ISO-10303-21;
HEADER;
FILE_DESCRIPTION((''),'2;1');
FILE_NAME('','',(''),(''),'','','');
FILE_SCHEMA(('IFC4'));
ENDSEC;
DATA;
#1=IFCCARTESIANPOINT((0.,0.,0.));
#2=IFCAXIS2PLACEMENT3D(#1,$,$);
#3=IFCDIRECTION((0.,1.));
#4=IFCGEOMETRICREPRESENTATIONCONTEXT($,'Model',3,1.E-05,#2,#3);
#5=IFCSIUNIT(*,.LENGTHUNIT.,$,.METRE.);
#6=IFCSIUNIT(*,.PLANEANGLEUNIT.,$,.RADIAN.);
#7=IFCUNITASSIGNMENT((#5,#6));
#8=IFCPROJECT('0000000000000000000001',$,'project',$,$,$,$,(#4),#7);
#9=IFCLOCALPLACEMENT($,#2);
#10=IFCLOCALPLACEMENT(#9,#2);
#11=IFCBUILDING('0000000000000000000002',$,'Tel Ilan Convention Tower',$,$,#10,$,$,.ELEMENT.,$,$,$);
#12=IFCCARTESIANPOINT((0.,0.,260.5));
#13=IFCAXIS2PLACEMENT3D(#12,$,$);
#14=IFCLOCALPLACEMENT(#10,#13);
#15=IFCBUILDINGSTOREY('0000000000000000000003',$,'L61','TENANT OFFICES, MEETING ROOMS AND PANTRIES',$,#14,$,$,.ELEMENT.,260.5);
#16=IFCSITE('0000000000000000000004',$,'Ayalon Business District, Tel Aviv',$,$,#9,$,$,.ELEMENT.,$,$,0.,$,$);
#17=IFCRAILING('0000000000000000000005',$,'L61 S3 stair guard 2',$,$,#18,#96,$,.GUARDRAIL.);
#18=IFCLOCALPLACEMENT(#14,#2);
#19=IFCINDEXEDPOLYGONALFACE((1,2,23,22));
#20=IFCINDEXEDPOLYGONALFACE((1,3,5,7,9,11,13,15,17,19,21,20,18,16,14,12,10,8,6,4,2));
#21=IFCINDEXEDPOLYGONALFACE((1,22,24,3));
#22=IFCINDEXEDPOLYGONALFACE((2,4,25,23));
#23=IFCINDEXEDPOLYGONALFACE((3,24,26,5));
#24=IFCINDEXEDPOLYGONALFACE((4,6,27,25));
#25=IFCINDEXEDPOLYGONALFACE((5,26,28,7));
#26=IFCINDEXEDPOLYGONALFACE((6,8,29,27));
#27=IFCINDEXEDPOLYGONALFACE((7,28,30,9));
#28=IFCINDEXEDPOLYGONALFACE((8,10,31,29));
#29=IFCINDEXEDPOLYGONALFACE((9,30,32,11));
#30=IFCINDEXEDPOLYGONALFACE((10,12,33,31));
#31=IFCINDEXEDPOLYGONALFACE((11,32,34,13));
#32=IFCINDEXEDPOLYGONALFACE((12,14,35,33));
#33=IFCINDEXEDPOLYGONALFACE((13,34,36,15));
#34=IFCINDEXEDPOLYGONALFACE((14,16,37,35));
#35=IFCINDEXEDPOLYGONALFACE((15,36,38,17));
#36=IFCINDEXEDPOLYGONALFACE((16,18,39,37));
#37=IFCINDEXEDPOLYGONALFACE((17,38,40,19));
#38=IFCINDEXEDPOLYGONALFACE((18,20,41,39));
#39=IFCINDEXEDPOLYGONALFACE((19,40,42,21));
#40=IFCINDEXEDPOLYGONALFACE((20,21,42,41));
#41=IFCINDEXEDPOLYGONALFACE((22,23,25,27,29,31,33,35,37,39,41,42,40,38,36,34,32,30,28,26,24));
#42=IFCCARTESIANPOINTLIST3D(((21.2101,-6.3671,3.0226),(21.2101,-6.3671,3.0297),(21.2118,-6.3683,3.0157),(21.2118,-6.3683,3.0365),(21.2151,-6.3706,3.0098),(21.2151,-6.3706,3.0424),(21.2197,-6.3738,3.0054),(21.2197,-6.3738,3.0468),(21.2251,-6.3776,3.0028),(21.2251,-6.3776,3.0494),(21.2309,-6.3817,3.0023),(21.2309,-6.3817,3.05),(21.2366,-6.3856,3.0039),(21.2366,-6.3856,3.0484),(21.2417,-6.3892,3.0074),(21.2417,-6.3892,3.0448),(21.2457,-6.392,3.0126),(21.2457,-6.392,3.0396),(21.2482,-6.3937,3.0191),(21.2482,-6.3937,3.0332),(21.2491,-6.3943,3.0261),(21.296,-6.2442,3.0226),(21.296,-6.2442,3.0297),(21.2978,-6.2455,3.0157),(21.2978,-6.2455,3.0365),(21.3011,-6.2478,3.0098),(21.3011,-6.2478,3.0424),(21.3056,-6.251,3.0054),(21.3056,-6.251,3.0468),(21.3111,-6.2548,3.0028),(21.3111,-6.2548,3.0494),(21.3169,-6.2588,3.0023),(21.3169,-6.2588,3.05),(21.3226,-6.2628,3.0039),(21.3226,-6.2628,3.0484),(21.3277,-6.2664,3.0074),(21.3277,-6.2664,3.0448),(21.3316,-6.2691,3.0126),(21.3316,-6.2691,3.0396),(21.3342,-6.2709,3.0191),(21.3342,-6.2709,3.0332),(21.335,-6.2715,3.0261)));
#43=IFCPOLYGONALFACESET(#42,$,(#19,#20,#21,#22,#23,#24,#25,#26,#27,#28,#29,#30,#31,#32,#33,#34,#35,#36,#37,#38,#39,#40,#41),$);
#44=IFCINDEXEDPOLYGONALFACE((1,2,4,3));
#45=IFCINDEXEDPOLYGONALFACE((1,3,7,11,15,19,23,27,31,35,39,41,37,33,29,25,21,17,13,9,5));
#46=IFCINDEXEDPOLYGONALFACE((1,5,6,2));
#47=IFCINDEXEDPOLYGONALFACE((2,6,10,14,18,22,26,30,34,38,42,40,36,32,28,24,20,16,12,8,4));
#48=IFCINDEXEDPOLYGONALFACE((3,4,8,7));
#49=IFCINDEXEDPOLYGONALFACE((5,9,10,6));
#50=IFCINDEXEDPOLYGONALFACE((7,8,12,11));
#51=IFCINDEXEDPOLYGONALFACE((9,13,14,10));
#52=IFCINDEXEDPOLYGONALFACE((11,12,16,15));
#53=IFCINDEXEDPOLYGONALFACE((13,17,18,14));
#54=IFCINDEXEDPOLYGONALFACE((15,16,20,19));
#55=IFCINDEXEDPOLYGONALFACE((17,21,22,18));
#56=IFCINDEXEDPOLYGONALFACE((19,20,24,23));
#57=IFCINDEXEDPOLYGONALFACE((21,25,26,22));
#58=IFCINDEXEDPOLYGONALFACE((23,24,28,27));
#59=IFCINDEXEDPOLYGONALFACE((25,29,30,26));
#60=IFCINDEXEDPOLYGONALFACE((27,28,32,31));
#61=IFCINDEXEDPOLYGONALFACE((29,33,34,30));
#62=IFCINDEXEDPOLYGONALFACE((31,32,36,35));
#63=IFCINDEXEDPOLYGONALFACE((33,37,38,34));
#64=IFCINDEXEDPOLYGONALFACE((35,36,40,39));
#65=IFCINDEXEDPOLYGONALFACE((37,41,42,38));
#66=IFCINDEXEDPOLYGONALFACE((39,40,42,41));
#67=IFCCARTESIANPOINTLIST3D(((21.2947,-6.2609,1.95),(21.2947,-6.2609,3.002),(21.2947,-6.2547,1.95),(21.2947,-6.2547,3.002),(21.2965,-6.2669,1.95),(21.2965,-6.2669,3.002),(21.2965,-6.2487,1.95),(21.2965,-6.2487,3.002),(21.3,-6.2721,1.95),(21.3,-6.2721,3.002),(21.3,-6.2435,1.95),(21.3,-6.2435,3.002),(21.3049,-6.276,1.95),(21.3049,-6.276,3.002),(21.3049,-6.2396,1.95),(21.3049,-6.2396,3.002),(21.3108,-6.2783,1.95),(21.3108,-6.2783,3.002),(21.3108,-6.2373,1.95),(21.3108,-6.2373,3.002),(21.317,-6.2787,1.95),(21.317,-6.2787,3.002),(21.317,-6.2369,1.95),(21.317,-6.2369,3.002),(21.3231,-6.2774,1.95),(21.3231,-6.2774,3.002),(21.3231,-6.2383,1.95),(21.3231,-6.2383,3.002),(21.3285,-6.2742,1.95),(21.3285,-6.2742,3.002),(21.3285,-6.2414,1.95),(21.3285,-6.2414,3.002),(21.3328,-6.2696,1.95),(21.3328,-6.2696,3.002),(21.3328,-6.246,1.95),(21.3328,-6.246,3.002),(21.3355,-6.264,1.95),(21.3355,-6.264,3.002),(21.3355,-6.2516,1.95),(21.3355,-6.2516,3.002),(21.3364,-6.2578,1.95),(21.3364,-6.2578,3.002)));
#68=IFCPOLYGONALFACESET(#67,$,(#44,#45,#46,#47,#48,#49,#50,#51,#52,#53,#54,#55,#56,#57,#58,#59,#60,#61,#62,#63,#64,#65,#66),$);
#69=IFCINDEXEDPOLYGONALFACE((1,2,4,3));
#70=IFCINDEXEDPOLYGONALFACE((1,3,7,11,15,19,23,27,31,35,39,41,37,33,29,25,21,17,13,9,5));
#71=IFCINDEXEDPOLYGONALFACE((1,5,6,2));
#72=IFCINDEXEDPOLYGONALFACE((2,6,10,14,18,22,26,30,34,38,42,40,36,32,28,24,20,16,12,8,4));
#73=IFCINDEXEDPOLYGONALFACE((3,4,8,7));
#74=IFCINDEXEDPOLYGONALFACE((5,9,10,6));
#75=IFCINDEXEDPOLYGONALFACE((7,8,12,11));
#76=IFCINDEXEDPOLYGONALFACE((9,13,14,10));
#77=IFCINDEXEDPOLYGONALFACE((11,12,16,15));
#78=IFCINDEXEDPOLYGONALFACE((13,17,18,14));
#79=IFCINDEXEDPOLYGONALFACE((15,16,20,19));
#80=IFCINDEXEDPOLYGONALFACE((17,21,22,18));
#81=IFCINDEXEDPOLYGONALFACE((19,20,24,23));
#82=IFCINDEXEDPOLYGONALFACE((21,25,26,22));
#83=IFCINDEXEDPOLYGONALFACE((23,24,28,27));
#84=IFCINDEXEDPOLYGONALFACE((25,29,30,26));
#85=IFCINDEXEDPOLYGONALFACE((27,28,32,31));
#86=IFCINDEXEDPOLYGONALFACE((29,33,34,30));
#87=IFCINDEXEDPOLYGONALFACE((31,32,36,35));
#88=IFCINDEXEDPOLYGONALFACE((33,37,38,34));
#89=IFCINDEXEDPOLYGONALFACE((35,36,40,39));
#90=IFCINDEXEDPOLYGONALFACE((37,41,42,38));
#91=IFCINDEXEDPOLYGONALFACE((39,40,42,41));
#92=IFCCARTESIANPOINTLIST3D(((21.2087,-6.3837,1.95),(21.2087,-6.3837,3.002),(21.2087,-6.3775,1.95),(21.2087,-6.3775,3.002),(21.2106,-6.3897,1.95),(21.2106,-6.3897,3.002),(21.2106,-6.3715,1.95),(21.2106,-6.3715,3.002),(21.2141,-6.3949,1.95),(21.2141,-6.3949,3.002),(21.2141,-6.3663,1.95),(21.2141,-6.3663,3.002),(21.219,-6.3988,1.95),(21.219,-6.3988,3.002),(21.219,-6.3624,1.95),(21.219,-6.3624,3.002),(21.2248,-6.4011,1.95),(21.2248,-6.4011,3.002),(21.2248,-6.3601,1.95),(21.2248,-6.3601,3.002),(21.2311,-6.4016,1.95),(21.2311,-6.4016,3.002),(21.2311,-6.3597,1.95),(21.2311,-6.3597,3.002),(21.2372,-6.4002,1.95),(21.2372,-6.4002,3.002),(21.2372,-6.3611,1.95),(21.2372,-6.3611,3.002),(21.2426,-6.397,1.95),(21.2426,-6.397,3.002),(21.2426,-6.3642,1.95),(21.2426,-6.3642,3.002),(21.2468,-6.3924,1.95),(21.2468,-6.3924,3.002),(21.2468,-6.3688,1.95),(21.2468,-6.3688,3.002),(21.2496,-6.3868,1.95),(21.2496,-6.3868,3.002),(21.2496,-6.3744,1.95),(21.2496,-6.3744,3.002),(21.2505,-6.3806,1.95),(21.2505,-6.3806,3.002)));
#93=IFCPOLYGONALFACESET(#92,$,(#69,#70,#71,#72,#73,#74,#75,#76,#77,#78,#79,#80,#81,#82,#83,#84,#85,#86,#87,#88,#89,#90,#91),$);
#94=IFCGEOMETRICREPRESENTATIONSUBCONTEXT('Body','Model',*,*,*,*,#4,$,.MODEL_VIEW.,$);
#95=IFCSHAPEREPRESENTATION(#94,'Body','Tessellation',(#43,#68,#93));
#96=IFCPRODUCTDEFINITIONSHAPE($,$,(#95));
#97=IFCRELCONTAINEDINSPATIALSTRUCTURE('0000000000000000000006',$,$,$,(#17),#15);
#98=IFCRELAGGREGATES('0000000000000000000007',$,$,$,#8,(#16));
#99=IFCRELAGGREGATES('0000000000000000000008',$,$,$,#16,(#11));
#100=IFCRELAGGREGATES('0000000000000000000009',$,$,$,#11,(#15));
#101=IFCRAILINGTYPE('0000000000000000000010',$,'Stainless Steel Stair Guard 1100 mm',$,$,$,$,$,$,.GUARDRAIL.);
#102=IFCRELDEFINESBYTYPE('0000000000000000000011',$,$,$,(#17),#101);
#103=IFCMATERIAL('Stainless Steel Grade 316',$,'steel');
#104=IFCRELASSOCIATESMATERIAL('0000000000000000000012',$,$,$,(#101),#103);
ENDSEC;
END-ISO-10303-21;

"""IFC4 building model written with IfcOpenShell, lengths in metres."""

from ifc_helpers import new_model, si_unit, direction, frame, origin, origin_2d, place, context, subcontext, project, spatial, circle, extrude, material, type_object, element, save


model = new_model("IFC4")

# Units and contexts
model_context = context("Model", 3, precision=1e-05, world=origin(), true_north=direction((0.0, 1.0)))
body_context = subcontext(model_context, "Body", "Model", "MODEL_VIEW")
ifc_project = project(units=[si_unit("LENGTHUNIT", "METRE"), si_unit("PLANEANGLEUNIT", "RADIAN")], contexts=[model_context])

# Site, building, storey
site_placement = place(None, origin())
site = spatial("IfcSite", under=ifc_project, at=site_placement, Name="Ayalon Business District, Tel Aviv", CompositionType="ELEMENT", RefElevation=0.0)
building_placement = place(site_placement, origin())
building = spatial("IfcBuilding", under=site, at=building_placement, Name="Tel Ilan Convention Tower", CompositionType="ELEMENT")
storey_placement = place(building_placement, frame((0.0, 0.0, 260.5)))
storey = spatial("IfcBuildingStorey", under=building, at=storey_placement, Name="L61", Description="TENANT OFFICES, MEETING ROOMS AND PANTRIES", CompositionType="ELEMENT", Elevation=260.5)

# Railing
ifc_material_1 = material(Name="Stainless Steel Grade 316", Category="steel")
railing_type_1 = type_object("IfcRailingType", Name="Stainless Steel Stair Guard 1100 mm", PredefinedType="GUARDRAIL", material=ifc_material_1)
railing_1_placement = place(storey_placement, frame((21.3154, -6.2578, 1.95)))
element("IfcRailing", 1, at=railing_1_placement, inside=storey, type_object=railing_type_1, Name="L61 S3 stair guard 2", PredefinedType="GUARDRAIL", context=body_context, shape_type="SweptSolid", body=[
    extrude(circle(Radius=0.0239, at=origin_2d()), frame((0.0, 0.0, 1.0762), z_axis=(-0.573353, -0.819308, 0.0), x_axis=(0.819308, -0.573353, 0.0)), (0.0, 0.0, 1.0), 0.1499),
    extrude(circle(Radius=0.021, at=origin_2d()), origin(), (0.0, 0.0, 1.0), 1.052),
    extrude(circle(Radius=0.021, at=origin_2d()), frame((-0.0859, -0.1228, 0.0)), (0.0, 0.0, 1.0), 1.052),
])

save(model, "model.ifc")
